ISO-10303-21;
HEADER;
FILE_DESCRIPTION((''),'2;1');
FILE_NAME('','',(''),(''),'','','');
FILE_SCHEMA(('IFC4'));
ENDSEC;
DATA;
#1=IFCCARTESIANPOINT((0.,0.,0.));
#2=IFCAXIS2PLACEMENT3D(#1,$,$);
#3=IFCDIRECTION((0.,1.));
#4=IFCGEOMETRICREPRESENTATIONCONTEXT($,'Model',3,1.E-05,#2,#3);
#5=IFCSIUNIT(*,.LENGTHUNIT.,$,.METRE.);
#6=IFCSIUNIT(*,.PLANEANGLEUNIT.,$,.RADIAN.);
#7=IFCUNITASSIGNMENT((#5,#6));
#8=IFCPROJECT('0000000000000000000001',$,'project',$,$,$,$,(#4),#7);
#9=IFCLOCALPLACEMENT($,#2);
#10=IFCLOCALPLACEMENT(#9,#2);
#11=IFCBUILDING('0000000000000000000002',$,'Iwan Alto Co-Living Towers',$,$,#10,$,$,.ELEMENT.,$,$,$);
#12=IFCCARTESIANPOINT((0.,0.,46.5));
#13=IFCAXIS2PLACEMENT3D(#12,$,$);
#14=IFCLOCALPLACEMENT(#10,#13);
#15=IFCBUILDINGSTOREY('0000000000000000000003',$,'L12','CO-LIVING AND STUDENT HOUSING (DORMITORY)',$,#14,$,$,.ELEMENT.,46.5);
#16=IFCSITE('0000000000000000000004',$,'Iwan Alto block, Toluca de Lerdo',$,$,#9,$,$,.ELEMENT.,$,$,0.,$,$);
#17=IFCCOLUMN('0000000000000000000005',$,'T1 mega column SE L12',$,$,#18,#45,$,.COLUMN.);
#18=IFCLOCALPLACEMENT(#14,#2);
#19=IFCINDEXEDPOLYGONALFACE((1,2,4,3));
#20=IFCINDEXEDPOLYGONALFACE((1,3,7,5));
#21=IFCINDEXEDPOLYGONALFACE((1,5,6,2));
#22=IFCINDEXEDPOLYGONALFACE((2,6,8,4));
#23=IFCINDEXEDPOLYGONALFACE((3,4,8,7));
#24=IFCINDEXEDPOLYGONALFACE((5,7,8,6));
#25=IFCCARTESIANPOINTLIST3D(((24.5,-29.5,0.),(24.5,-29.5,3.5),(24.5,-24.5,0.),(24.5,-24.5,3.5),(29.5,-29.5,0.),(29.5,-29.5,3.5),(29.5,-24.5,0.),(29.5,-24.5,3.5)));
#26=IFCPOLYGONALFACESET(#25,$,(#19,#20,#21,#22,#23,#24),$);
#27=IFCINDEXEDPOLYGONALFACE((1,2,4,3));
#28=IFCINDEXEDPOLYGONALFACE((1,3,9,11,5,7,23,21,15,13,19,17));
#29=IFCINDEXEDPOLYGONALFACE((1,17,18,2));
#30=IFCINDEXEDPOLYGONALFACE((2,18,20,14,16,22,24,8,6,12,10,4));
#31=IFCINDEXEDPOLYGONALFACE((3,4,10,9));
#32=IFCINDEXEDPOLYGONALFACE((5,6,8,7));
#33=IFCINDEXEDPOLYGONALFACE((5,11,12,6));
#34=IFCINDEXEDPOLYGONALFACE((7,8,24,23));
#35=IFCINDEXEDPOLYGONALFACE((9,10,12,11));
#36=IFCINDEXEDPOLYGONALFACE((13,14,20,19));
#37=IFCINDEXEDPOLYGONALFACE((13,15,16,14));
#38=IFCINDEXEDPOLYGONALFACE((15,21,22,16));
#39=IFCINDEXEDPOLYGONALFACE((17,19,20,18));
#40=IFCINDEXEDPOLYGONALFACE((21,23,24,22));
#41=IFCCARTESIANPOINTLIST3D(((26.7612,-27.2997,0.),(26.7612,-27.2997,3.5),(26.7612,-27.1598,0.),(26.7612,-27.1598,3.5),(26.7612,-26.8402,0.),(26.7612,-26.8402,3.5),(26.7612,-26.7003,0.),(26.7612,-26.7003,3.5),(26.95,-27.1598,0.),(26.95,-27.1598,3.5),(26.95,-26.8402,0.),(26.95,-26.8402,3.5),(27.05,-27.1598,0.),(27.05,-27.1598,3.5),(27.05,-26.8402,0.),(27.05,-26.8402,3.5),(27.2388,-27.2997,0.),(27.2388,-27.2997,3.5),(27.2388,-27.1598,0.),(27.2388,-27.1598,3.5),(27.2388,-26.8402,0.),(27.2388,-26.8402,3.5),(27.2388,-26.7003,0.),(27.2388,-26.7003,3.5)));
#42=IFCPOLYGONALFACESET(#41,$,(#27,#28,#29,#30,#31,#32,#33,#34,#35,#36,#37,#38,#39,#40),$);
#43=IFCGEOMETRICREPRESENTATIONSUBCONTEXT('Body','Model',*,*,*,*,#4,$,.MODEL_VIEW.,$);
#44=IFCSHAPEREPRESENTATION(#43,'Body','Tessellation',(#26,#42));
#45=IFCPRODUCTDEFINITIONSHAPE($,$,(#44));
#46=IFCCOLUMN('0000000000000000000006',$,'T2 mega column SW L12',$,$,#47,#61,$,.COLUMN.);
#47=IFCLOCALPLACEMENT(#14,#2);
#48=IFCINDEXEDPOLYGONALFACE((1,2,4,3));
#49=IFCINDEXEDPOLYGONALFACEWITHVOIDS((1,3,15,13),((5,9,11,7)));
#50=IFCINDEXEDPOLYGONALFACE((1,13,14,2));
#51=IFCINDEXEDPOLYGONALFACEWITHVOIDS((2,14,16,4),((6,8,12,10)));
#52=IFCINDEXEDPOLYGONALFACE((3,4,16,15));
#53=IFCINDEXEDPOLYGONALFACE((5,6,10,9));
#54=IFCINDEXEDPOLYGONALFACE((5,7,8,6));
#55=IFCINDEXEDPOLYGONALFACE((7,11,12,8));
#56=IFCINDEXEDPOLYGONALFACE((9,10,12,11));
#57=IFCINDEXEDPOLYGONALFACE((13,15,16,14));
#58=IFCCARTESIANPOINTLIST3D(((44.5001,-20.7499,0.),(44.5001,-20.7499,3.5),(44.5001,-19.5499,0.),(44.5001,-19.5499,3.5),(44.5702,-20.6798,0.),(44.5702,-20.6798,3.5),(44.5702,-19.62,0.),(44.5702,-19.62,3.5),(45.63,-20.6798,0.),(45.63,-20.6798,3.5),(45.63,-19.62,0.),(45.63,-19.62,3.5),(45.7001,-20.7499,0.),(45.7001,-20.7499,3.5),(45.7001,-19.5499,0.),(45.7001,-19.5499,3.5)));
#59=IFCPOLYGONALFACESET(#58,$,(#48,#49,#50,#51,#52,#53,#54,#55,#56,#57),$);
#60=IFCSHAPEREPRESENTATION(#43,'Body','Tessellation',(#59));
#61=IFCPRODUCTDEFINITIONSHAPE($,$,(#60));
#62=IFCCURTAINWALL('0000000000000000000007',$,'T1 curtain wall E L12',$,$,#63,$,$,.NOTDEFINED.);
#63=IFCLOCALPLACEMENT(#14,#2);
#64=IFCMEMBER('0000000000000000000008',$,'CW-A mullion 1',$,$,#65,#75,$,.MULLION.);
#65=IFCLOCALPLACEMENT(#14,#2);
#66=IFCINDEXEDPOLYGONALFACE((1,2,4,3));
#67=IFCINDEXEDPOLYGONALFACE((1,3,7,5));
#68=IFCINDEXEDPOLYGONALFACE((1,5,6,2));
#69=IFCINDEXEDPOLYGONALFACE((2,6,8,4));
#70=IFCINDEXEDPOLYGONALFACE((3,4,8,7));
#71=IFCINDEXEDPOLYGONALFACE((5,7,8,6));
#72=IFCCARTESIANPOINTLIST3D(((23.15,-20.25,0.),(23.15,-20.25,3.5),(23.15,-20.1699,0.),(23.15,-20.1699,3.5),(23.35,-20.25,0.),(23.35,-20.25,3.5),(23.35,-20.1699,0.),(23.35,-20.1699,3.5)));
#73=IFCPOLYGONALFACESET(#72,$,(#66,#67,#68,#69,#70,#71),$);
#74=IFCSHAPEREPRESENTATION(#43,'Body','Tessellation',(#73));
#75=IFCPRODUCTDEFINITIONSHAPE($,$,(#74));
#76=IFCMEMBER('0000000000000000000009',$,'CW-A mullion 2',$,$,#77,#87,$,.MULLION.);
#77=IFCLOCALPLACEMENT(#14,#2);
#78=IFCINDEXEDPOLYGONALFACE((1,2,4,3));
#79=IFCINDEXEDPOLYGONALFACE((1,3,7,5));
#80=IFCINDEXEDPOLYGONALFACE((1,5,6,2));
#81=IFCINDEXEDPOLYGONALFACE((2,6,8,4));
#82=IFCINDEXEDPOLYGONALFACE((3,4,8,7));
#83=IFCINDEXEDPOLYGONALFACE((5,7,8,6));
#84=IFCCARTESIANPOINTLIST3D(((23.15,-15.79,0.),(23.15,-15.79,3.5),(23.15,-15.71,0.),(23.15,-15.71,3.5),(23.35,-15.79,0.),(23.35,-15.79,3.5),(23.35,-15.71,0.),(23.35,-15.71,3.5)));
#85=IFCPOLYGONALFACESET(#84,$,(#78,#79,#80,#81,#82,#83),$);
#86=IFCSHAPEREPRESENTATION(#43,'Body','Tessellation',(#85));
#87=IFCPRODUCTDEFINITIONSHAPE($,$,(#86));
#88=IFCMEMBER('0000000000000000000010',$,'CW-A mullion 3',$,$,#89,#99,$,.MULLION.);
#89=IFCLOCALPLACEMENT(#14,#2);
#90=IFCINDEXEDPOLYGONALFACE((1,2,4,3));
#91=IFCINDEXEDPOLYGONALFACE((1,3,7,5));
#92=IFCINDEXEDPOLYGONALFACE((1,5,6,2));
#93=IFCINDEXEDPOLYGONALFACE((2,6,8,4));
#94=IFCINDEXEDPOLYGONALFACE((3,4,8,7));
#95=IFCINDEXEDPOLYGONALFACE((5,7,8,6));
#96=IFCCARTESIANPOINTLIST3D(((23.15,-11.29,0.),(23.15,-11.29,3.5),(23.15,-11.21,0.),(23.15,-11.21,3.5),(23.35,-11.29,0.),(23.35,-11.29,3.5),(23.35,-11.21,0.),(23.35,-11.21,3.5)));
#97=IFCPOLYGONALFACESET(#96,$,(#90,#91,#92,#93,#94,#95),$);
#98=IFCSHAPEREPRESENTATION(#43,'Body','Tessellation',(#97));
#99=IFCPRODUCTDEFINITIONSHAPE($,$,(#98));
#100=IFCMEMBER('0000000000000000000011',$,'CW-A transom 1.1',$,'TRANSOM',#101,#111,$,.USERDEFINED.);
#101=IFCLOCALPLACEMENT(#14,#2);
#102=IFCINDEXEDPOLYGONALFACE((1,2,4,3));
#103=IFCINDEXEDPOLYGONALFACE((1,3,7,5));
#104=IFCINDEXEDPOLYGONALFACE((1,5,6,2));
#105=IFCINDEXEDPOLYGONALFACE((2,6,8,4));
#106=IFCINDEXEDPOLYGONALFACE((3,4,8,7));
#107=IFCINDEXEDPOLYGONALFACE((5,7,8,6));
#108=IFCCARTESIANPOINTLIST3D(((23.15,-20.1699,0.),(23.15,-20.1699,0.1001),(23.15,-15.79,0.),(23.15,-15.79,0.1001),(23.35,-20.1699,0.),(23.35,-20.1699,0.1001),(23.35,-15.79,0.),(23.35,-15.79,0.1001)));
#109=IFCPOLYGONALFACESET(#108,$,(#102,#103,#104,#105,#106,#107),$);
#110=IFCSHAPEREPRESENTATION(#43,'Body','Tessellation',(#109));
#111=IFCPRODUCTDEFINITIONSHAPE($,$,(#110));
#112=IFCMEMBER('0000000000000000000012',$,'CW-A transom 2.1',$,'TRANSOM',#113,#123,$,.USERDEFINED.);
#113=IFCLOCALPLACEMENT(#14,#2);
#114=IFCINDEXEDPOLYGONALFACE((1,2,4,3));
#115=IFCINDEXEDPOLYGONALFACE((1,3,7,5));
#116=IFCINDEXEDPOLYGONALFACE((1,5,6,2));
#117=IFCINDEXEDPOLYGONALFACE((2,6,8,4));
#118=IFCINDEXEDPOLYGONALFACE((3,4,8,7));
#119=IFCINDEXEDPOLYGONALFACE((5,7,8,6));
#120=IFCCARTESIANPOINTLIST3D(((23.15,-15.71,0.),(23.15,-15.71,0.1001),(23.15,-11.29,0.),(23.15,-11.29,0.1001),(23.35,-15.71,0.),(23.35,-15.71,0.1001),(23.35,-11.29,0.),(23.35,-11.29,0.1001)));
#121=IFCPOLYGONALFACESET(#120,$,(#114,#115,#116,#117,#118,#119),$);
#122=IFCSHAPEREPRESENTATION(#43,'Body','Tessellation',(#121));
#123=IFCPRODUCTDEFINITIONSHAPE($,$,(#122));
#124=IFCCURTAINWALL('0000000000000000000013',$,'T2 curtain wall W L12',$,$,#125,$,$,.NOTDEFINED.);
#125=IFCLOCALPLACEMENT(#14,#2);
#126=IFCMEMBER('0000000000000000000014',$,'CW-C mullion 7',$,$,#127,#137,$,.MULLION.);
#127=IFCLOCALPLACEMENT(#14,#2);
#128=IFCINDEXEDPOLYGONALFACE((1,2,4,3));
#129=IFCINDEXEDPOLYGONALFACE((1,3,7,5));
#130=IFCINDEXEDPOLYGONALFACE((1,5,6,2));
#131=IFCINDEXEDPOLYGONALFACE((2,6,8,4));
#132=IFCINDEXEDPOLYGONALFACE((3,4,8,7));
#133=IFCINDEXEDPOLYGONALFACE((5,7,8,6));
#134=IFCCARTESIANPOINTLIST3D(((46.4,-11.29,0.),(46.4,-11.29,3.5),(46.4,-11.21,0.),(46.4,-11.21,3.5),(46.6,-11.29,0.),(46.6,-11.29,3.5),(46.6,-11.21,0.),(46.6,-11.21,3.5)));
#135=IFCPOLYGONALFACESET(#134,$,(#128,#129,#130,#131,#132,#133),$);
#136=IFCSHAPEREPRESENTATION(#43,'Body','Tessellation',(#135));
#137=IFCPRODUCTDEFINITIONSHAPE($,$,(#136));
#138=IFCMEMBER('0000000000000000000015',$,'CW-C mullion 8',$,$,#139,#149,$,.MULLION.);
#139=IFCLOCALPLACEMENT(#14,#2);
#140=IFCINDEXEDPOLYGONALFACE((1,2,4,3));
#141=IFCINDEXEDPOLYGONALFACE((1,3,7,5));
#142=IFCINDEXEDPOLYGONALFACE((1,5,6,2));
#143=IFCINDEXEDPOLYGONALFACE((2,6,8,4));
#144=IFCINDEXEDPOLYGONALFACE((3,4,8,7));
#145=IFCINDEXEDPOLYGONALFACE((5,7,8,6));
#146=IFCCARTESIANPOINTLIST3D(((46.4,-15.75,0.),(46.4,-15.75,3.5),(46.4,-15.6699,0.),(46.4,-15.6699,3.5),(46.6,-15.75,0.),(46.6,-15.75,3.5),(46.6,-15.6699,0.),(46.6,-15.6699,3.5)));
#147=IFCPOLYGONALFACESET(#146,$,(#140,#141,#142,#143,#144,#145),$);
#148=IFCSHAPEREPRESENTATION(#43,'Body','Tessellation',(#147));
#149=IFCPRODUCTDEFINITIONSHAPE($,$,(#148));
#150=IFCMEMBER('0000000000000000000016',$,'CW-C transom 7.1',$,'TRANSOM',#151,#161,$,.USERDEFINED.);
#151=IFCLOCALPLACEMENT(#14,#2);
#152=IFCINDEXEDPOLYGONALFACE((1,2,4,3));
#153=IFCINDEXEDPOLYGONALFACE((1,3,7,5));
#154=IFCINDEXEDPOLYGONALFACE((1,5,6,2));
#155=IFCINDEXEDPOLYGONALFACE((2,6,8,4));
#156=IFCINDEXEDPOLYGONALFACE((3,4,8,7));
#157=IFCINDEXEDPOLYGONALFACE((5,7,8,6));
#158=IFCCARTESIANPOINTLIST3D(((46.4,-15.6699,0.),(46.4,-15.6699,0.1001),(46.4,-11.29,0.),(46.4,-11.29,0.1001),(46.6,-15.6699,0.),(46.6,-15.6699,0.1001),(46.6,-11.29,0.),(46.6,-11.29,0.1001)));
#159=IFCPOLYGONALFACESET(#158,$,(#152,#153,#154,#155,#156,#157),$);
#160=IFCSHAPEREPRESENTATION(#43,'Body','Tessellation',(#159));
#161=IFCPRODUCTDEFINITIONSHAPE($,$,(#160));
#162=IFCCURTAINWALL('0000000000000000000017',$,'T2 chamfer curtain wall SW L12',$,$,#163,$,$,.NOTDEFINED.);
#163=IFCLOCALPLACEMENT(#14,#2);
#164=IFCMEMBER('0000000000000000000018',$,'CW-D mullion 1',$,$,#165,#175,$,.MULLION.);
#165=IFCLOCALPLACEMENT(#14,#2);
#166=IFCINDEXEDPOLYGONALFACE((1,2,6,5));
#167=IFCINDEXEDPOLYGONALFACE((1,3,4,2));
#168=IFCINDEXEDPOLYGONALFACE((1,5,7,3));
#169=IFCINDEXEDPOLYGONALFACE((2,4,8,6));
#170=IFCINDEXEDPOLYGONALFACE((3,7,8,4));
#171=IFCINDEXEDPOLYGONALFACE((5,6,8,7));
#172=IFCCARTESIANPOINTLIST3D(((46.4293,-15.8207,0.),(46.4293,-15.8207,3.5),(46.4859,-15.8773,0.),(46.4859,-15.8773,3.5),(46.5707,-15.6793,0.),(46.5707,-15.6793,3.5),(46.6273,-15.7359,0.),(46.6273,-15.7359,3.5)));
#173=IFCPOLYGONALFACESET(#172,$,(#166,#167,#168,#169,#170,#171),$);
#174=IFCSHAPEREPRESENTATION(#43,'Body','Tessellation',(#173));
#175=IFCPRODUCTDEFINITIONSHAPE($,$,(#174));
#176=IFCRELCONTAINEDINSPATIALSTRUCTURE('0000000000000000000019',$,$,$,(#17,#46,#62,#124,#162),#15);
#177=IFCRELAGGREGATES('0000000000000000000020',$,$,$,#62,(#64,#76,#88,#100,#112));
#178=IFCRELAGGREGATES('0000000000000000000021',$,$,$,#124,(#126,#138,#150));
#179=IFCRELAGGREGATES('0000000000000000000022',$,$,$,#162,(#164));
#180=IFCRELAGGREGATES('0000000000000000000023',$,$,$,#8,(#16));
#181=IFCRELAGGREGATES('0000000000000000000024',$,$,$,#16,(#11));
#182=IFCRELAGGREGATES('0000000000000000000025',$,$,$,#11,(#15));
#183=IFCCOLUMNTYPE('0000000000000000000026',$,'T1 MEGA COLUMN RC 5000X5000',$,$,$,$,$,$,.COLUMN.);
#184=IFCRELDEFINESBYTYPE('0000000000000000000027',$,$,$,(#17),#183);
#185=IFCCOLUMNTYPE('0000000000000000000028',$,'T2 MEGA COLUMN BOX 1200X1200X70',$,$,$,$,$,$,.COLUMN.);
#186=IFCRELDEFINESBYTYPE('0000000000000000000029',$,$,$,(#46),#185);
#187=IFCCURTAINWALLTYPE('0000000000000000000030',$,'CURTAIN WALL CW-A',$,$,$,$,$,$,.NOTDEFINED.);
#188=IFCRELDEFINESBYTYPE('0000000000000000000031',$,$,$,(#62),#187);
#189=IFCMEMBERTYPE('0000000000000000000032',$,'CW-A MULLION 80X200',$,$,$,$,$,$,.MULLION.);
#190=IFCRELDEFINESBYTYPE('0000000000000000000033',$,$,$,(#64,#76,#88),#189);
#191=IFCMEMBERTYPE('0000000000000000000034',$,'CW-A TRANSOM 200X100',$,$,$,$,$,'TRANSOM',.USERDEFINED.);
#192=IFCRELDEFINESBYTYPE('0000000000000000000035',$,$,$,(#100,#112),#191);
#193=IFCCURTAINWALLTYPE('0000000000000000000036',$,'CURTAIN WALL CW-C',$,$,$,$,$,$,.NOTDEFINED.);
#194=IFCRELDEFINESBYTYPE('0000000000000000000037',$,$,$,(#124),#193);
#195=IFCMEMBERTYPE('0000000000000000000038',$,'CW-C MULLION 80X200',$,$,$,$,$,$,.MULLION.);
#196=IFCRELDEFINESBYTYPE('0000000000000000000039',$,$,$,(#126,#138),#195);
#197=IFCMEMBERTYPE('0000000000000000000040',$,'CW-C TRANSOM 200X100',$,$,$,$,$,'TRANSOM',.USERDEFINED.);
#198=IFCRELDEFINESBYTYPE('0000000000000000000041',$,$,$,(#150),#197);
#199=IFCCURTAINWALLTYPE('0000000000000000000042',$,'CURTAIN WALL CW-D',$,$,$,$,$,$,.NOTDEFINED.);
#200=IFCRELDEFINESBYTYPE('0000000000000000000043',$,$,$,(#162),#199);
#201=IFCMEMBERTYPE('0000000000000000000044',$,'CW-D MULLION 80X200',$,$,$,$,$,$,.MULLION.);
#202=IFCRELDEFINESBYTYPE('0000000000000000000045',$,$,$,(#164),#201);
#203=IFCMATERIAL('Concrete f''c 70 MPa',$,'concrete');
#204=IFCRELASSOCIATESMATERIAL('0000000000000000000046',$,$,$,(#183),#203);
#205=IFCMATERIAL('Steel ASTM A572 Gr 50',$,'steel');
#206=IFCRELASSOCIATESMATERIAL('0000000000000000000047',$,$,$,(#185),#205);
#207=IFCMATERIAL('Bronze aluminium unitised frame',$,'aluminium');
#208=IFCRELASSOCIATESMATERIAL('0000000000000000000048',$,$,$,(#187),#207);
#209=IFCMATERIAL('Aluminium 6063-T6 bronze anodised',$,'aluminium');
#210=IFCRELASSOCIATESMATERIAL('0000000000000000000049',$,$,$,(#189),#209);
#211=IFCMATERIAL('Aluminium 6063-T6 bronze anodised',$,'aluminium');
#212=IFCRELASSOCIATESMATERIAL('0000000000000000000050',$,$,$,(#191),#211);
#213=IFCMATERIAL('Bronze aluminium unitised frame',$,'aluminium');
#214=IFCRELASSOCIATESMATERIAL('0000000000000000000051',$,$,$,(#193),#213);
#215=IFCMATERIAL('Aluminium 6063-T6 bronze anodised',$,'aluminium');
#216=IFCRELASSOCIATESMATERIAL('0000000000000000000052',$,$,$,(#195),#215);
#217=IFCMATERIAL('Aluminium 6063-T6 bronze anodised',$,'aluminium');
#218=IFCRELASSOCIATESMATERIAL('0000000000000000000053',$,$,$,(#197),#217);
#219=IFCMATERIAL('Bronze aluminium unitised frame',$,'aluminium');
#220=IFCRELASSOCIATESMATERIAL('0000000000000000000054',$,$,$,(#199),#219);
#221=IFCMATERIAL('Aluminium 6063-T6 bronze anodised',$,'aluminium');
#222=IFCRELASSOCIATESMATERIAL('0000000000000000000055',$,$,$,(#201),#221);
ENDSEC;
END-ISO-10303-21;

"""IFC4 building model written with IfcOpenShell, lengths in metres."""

from ifc_helpers import new_model, si_unit, direction, frame, origin, origin_2d, place, context, subcontext, project, spatial, rectangle, hollow_rectangle, i_section, extrude, material, material_profile, profile_set, type_object, element, aggregate, save


model = new_model("IFC4")

# Units and contexts
model_context = context("Model", 3, precision=1e-05, world=origin(), true_north=direction((0.0, 1.0)))
body_context = subcontext(model_context, "Body", "Model", "MODEL_VIEW")
ifc_project = project(units=[si_unit("LENGTHUNIT", "METRE"), si_unit("PLANEANGLEUNIT", "RADIAN")], contexts=[model_context])

# Site, building, storey
site_placement = place(None, origin())
site = spatial("IfcSite", under=ifc_project, at=site_placement, Name="Iwan Alto block, Toluca de Lerdo", CompositionType="ELEMENT", RefElevation=0.0)
building_placement = place(site_placement, origin())
building = spatial("IfcBuilding", under=site, at=building_placement, Name="Iwan Alto Co-Living Towers", CompositionType="ELEMENT")
storey_placement = place(building_placement, frame((0.0, 0.0, 46.5)))
storey = spatial("IfcBuildingStorey", under=building, at=storey_placement, Name="L12", Description="CO-LIVING AND STUDENT HOUSING (DORMITORY)", CompositionType="ELEMENT", Elevation=46.5)

# Columns
ifc_material_1 = material(Name="Concrete f'c 70 MPa", Category="concrete")
ifc_material_profile_1 = material_profile(ifc_material_1, rectangle(XDim=5.0, YDim=5.0, at=origin_2d()), Name="RC 5000X5000")
ifc_profile_set_1 = profile_set([ifc_material_profile_1], Name="Concrete f'c 70 MPa")
column_type_1 = type_object("IfcColumnType", Name="T1 MEGA COLUMN RC 5000X5000", PredefinedType="COLUMN", material=ifc_profile_set_1)
column_1_placement = place(storey_placement, frame((27.0, -27.0, 0.0), z_axis=(0.0, 0.0, 1.0), x_axis=(1.0, 0.0, 0.0)))
element("IfcColumn", 1, at=column_1_placement, inside=storey, type_object=column_type_1, Name="T1 mega column SE L12", PredefinedType="COLUMN", context=body_context, shape_type="SweptSolid", body=[
    extrude(rectangle(XDim=5.0, YDim=5.0, at=origin_2d()), origin(), (0.0, 0.0, 1.0), 3.5),
    extrude(i_section(OverallWidth=0.4775, OverallDepth=0.5994, WebThickness=0.1001, FlangeThickness=0.1399, at=origin_2d()), origin(), (0.0, 0.0, 1.0), 3.5),
])
ifc_material_2 = material(Name="Steel ASTM A572 Gr 50", Category="steel")
ifc_material_profile_2 = material_profile(ifc_material_2, hollow_rectangle(XDim=1.2, YDim=1.2, WallThickness=0.0701, at=origin_2d()), Name="BOX 1200X1200X70")
ifc_profile_set_2 = profile_set([ifc_material_profile_2], Name="Steel ASTM A572 Gr 50")
column_type_2 = type_object("IfcColumnType", Name="T2 MEGA COLUMN BOX 1200X1200X70", PredefinedType="COLUMN", material=ifc_profile_set_2)
column_2_placement = place(storey_placement, frame((45.1001, -20.1499, 0.0), z_axis=(0.0, 0.0, 1.0), x_axis=(1.0, 0.0, 0.0)))
element("IfcColumn", 2, at=column_2_placement, inside=storey, type_object=column_type_2, Name="T2 mega column SW L12", PredefinedType="COLUMN", context=body_context, shape_type="SweptSolid", body=[
    extrude(hollow_rectangle(XDim=1.2, YDim=1.2, WallThickness=0.0701, at=origin_2d()), origin(), (0.0, 0.0, 1.0), 3.5),
])

# Curtain walls, members
ifc_material_3 = material(Name="Bronze aluminium unitised frame", Category="aluminium")
curtain_wall_type_1 = type_object("IfcCurtainWallType", Name="CURTAIN WALL CW-A", PredefinedType="NOTDEFINED", material=ifc_material_3)
curtain_wall_1_placement = place(storey_placement, origin())
curtain_wall_1 = element("IfcCurtainWall", 3, at=curtain_wall_1_placement, inside=storey, type_object=curtain_wall_type_1, Name="T1 curtain wall E L12", PredefinedType="NOTDEFINED")
ifc_material_4 = material(Name="Aluminium 6063-T6 bronze anodised", Category="aluminium")
ifc_material_profile_3 = material_profile(ifc_material_4, rectangle(XDim=0.2, YDim=0.0801, at=origin_2d()), Name="AL 80X200")
ifc_profile_set_3 = profile_set([ifc_material_profile_3], Name="Aluminium 6063-T6 bronze anodised")
member_type_1 = type_object("IfcMemberType", Name="CW-A MULLION 80X200", PredefinedType="MULLION", material=ifc_profile_set_3)
member_1_placement = place(storey_placement, frame((23.25, -20.21, 0.0), z_axis=(0.0, 0.0, 1.0), x_axis=(-1.0, 0.0, 0.0)))
member_1 = element("IfcMember", 4, at=member_1_placement, type_object=member_type_1, Name="CW-A mullion 1", PredefinedType="MULLION", context=body_context, shape_type="SweptSolid", body=[
    extrude(rectangle(XDim=0.2, YDim=0.0801, at=origin_2d()), origin(), (0.0, 0.0, 1.0), 3.5),
])
member_2_placement = place(storey_placement, frame((23.25, -15.75, 0.0), z_axis=(0.0, 0.0, 1.0), x_axis=(-1.0, 0.0, 0.0)))
member_2 = element("IfcMember", 5, at=member_2_placement, type_object=member_type_1, Name="CW-A mullion 2", PredefinedType="MULLION", context=body_context, shape_type="SweptSolid", body=[
    extrude(rectangle(XDim=0.2, YDim=0.0801, at=origin_2d()), origin(), (0.0, 0.0, 1.0), 3.5),
])
member_3_placement = place(storey_placement, frame((23.25, -11.25, 0.0), z_axis=(0.0, 0.0, 1.0), x_axis=(-1.0, 0.0, 0.0)))
member_3 = element("IfcMember", 6, at=member_3_placement, type_object=member_type_1, Name="CW-A mullion 3", PredefinedType="MULLION", context=body_context, shape_type="SweptSolid", body=[
    extrude(rectangle(XDim=0.2, YDim=0.0801, at=origin_2d()), origin(), (0.0, 0.0, 1.0), 3.5),
])
ifc_material_5 = material(Name="Aluminium 6063-T6 bronze anodised", Category="aluminium")
ifc_material_profile_4 = material_profile(ifc_material_5, rectangle(XDim=0.2, YDim=0.1001, at=origin_2d()), Name="AL 200X100")
ifc_profile_set_4 = profile_set([ifc_material_profile_4], Name="Aluminium 6063-T6 bronze anodised")
member_type_2 = type_object("IfcMemberType", Name="CW-A TRANSOM 200X100", ElementType="TRANSOM", PredefinedType="USERDEFINED", material=ifc_profile_set_4)
member_4_placement = place(storey_placement, frame((23.25, -20.1699, 0.05), z_axis=(0.0, 1.0, 0.0), x_axis=(-1.0, 0.0, 0.0)))
member_4 = element("IfcMember", 7, at=member_4_placement, type_object=member_type_2, Name="CW-A transom 1.1", ObjectType="TRANSOM", PredefinedType="USERDEFINED", context=body_context, shape_type="SweptSolid", body=[
    extrude(rectangle(XDim=0.2, YDim=0.1001, at=origin_2d()), origin(), (0.0, 0.0, 1.0), 4.3799),
])
member_5_placement = place(storey_placement, frame((23.25, -15.71, 0.05), z_axis=(0.0, 1.0, 0.0), x_axis=(-1.0, 0.0, 0.0)))
member_5 = element("IfcMember", 8, at=member_5_placement, type_object=member_type_2, Name="CW-A transom 2.1", ObjectType="TRANSOM", PredefinedType="USERDEFINED", context=body_context, shape_type="SweptSolid", body=[
    extrude(rectangle(XDim=0.2, YDim=0.1001, at=origin_2d()), origin(), (0.0, 0.0, 1.0), 4.4199),
])
ifc_material_6 = material(Name="Bronze aluminium unitised frame", Category="aluminium")
curtain_wall_type_2 = type_object("IfcCurtainWallType", Name="CURTAIN WALL CW-C", PredefinedType="NOTDEFINED", material=ifc_material_6)
curtain_wall_2_placement = place(storey_placement, origin())
curtain_wall_2 = element("IfcCurtainWall", 9, at=curtain_wall_2_placement, inside=storey, type_object=curtain_wall_type_2, Name="T2 curtain wall W L12", PredefinedType="NOTDEFINED")
ifc_material_7 = material(Name="Aluminium 6063-T6 bronze anodised", Category="aluminium")
ifc_material_profile_5 = material_profile(ifc_material_7, rectangle(XDim=0.2, YDim=0.0801, at=origin_2d()), Name="AL 80X200")
ifc_profile_set_5 = profile_set([ifc_material_profile_5], Name="Aluminium 6063-T6 bronze anodised")
member_type_3 = type_object("IfcMemberType", Name="CW-C MULLION 80X200", PredefinedType="MULLION", material=ifc_profile_set_5)
member_6_placement = place(storey_placement, frame((46.5, -11.25, 0.0), z_axis=(0.0, 0.0, 1.0), x_axis=(1.0, 0.0, 0.0)))
member_6 = element("IfcMember", 10, at=member_6_placement, type_object=member_type_3, Name="CW-C mullion 7", PredefinedType="MULLION", context=body_context, shape_type="SweptSolid", body=[
    extrude(rectangle(XDim=0.2, YDim=0.0801, at=origin_2d()), origin(), (0.0, 0.0, 1.0), 3.5),
])
member_7_placement = place(storey_placement, frame((46.5, -15.71, 0.0), z_axis=(0.0, 0.0, 1.0), x_axis=(1.0, 0.0, 0.0)))
member_7 = element("IfcMember", 11, at=member_7_placement, type_object=member_type_3, Name="CW-C mullion 8", PredefinedType="MULLION", context=body_context, shape_type="SweptSolid", body=[
    extrude(rectangle(XDim=0.2, YDim=0.0801, at=origin_2d()), origin(), (0.0, 0.0, 1.0), 3.5),
])
ifc_material_8 = material(Name="Aluminium 6063-T6 bronze anodised", Category="aluminium")
ifc_material_profile_6 = material_profile(ifc_material_8, rectangle(XDim=0.2, YDim=0.1001, at=origin_2d()), Name="AL 200X100")
ifc_profile_set_6 = profile_set([ifc_material_profile_6], Name="Aluminium 6063-T6 bronze anodised")
member_type_4 = type_object("IfcMemberType", Name="CW-C TRANSOM 200X100", ElementType="TRANSOM", PredefinedType="USERDEFINED", material=ifc_profile_set_6)
member_8_placement = place(storey_placement, frame((46.5, -11.29, 0.05), z_axis=(0.0, -1.0, 0.0), x_axis=(1.0, 0.0, 0.0)))
member_8 = element("IfcMember", 12, at=member_8_placement, type_object=member_type_4, Name="CW-C transom 7.1", ObjectType="TRANSOM", PredefinedType="USERDEFINED", context=body_context, shape_type="SweptSolid", body=[
    extrude(rectangle(XDim=0.2, YDim=0.1001, at=origin_2d()), origin(), (0.0, 0.0, 1.0), 4.3799),
])
ifc_material_9 = material(Name="Bronze aluminium unitised frame", Category="aluminium")
curtain_wall_type_3 = type_object("IfcCurtainWallType", Name="CURTAIN WALL CW-D", PredefinedType="NOTDEFINED", material=ifc_material_9)
curtain_wall_3_placement = place(storey_placement, origin())
curtain_wall_3 = element("IfcCurtainWall", 13, at=curtain_wall_3_placement, inside=storey, type_object=curtain_wall_type_3, Name="T2 chamfer curtain wall SW L12", PredefinedType="NOTDEFINED")
ifc_material_10 = material(Name="Aluminium 6063-T6 bronze anodised", Category="aluminium")
ifc_material_profile_7 = material_profile(ifc_material_10, rectangle(XDim=0.2, YDim=0.0801, at=origin_2d()), Name="AL 80X200")
ifc_profile_set_7 = profile_set([ifc_material_profile_7], Name="Aluminium 6063-T6 bronze anodised")
member_type_5 = type_object("IfcMemberType", Name="CW-D MULLION 80X200", PredefinedType="MULLION", material=ifc_profile_set_7)
member_9_placement = place(storey_placement, frame((46.5283, -15.7783, 0.0), z_axis=(0.0, 0.0, 1.0), x_axis=(0.707107, 0.707107, 0.0)))
member_9 = element("IfcMember", 14, at=member_9_placement, type_object=member_type_5, Name="CW-D mullion 1", PredefinedType="MULLION", context=body_context, shape_type="SweptSolid", body=[
    extrude(rectangle(XDim=0.2, YDim=0.0801, at=origin_2d()), origin(), (0.0, 0.0, 1.0), 3.5),
])

aggregate(curtain_wall_1, [member_1, member_2, member_3, member_4, member_5])
aggregate(curtain_wall_2, [member_6, member_7, member_8])
aggregate(curtain_wall_3, [member_9])

save(model, "model.ifc")
